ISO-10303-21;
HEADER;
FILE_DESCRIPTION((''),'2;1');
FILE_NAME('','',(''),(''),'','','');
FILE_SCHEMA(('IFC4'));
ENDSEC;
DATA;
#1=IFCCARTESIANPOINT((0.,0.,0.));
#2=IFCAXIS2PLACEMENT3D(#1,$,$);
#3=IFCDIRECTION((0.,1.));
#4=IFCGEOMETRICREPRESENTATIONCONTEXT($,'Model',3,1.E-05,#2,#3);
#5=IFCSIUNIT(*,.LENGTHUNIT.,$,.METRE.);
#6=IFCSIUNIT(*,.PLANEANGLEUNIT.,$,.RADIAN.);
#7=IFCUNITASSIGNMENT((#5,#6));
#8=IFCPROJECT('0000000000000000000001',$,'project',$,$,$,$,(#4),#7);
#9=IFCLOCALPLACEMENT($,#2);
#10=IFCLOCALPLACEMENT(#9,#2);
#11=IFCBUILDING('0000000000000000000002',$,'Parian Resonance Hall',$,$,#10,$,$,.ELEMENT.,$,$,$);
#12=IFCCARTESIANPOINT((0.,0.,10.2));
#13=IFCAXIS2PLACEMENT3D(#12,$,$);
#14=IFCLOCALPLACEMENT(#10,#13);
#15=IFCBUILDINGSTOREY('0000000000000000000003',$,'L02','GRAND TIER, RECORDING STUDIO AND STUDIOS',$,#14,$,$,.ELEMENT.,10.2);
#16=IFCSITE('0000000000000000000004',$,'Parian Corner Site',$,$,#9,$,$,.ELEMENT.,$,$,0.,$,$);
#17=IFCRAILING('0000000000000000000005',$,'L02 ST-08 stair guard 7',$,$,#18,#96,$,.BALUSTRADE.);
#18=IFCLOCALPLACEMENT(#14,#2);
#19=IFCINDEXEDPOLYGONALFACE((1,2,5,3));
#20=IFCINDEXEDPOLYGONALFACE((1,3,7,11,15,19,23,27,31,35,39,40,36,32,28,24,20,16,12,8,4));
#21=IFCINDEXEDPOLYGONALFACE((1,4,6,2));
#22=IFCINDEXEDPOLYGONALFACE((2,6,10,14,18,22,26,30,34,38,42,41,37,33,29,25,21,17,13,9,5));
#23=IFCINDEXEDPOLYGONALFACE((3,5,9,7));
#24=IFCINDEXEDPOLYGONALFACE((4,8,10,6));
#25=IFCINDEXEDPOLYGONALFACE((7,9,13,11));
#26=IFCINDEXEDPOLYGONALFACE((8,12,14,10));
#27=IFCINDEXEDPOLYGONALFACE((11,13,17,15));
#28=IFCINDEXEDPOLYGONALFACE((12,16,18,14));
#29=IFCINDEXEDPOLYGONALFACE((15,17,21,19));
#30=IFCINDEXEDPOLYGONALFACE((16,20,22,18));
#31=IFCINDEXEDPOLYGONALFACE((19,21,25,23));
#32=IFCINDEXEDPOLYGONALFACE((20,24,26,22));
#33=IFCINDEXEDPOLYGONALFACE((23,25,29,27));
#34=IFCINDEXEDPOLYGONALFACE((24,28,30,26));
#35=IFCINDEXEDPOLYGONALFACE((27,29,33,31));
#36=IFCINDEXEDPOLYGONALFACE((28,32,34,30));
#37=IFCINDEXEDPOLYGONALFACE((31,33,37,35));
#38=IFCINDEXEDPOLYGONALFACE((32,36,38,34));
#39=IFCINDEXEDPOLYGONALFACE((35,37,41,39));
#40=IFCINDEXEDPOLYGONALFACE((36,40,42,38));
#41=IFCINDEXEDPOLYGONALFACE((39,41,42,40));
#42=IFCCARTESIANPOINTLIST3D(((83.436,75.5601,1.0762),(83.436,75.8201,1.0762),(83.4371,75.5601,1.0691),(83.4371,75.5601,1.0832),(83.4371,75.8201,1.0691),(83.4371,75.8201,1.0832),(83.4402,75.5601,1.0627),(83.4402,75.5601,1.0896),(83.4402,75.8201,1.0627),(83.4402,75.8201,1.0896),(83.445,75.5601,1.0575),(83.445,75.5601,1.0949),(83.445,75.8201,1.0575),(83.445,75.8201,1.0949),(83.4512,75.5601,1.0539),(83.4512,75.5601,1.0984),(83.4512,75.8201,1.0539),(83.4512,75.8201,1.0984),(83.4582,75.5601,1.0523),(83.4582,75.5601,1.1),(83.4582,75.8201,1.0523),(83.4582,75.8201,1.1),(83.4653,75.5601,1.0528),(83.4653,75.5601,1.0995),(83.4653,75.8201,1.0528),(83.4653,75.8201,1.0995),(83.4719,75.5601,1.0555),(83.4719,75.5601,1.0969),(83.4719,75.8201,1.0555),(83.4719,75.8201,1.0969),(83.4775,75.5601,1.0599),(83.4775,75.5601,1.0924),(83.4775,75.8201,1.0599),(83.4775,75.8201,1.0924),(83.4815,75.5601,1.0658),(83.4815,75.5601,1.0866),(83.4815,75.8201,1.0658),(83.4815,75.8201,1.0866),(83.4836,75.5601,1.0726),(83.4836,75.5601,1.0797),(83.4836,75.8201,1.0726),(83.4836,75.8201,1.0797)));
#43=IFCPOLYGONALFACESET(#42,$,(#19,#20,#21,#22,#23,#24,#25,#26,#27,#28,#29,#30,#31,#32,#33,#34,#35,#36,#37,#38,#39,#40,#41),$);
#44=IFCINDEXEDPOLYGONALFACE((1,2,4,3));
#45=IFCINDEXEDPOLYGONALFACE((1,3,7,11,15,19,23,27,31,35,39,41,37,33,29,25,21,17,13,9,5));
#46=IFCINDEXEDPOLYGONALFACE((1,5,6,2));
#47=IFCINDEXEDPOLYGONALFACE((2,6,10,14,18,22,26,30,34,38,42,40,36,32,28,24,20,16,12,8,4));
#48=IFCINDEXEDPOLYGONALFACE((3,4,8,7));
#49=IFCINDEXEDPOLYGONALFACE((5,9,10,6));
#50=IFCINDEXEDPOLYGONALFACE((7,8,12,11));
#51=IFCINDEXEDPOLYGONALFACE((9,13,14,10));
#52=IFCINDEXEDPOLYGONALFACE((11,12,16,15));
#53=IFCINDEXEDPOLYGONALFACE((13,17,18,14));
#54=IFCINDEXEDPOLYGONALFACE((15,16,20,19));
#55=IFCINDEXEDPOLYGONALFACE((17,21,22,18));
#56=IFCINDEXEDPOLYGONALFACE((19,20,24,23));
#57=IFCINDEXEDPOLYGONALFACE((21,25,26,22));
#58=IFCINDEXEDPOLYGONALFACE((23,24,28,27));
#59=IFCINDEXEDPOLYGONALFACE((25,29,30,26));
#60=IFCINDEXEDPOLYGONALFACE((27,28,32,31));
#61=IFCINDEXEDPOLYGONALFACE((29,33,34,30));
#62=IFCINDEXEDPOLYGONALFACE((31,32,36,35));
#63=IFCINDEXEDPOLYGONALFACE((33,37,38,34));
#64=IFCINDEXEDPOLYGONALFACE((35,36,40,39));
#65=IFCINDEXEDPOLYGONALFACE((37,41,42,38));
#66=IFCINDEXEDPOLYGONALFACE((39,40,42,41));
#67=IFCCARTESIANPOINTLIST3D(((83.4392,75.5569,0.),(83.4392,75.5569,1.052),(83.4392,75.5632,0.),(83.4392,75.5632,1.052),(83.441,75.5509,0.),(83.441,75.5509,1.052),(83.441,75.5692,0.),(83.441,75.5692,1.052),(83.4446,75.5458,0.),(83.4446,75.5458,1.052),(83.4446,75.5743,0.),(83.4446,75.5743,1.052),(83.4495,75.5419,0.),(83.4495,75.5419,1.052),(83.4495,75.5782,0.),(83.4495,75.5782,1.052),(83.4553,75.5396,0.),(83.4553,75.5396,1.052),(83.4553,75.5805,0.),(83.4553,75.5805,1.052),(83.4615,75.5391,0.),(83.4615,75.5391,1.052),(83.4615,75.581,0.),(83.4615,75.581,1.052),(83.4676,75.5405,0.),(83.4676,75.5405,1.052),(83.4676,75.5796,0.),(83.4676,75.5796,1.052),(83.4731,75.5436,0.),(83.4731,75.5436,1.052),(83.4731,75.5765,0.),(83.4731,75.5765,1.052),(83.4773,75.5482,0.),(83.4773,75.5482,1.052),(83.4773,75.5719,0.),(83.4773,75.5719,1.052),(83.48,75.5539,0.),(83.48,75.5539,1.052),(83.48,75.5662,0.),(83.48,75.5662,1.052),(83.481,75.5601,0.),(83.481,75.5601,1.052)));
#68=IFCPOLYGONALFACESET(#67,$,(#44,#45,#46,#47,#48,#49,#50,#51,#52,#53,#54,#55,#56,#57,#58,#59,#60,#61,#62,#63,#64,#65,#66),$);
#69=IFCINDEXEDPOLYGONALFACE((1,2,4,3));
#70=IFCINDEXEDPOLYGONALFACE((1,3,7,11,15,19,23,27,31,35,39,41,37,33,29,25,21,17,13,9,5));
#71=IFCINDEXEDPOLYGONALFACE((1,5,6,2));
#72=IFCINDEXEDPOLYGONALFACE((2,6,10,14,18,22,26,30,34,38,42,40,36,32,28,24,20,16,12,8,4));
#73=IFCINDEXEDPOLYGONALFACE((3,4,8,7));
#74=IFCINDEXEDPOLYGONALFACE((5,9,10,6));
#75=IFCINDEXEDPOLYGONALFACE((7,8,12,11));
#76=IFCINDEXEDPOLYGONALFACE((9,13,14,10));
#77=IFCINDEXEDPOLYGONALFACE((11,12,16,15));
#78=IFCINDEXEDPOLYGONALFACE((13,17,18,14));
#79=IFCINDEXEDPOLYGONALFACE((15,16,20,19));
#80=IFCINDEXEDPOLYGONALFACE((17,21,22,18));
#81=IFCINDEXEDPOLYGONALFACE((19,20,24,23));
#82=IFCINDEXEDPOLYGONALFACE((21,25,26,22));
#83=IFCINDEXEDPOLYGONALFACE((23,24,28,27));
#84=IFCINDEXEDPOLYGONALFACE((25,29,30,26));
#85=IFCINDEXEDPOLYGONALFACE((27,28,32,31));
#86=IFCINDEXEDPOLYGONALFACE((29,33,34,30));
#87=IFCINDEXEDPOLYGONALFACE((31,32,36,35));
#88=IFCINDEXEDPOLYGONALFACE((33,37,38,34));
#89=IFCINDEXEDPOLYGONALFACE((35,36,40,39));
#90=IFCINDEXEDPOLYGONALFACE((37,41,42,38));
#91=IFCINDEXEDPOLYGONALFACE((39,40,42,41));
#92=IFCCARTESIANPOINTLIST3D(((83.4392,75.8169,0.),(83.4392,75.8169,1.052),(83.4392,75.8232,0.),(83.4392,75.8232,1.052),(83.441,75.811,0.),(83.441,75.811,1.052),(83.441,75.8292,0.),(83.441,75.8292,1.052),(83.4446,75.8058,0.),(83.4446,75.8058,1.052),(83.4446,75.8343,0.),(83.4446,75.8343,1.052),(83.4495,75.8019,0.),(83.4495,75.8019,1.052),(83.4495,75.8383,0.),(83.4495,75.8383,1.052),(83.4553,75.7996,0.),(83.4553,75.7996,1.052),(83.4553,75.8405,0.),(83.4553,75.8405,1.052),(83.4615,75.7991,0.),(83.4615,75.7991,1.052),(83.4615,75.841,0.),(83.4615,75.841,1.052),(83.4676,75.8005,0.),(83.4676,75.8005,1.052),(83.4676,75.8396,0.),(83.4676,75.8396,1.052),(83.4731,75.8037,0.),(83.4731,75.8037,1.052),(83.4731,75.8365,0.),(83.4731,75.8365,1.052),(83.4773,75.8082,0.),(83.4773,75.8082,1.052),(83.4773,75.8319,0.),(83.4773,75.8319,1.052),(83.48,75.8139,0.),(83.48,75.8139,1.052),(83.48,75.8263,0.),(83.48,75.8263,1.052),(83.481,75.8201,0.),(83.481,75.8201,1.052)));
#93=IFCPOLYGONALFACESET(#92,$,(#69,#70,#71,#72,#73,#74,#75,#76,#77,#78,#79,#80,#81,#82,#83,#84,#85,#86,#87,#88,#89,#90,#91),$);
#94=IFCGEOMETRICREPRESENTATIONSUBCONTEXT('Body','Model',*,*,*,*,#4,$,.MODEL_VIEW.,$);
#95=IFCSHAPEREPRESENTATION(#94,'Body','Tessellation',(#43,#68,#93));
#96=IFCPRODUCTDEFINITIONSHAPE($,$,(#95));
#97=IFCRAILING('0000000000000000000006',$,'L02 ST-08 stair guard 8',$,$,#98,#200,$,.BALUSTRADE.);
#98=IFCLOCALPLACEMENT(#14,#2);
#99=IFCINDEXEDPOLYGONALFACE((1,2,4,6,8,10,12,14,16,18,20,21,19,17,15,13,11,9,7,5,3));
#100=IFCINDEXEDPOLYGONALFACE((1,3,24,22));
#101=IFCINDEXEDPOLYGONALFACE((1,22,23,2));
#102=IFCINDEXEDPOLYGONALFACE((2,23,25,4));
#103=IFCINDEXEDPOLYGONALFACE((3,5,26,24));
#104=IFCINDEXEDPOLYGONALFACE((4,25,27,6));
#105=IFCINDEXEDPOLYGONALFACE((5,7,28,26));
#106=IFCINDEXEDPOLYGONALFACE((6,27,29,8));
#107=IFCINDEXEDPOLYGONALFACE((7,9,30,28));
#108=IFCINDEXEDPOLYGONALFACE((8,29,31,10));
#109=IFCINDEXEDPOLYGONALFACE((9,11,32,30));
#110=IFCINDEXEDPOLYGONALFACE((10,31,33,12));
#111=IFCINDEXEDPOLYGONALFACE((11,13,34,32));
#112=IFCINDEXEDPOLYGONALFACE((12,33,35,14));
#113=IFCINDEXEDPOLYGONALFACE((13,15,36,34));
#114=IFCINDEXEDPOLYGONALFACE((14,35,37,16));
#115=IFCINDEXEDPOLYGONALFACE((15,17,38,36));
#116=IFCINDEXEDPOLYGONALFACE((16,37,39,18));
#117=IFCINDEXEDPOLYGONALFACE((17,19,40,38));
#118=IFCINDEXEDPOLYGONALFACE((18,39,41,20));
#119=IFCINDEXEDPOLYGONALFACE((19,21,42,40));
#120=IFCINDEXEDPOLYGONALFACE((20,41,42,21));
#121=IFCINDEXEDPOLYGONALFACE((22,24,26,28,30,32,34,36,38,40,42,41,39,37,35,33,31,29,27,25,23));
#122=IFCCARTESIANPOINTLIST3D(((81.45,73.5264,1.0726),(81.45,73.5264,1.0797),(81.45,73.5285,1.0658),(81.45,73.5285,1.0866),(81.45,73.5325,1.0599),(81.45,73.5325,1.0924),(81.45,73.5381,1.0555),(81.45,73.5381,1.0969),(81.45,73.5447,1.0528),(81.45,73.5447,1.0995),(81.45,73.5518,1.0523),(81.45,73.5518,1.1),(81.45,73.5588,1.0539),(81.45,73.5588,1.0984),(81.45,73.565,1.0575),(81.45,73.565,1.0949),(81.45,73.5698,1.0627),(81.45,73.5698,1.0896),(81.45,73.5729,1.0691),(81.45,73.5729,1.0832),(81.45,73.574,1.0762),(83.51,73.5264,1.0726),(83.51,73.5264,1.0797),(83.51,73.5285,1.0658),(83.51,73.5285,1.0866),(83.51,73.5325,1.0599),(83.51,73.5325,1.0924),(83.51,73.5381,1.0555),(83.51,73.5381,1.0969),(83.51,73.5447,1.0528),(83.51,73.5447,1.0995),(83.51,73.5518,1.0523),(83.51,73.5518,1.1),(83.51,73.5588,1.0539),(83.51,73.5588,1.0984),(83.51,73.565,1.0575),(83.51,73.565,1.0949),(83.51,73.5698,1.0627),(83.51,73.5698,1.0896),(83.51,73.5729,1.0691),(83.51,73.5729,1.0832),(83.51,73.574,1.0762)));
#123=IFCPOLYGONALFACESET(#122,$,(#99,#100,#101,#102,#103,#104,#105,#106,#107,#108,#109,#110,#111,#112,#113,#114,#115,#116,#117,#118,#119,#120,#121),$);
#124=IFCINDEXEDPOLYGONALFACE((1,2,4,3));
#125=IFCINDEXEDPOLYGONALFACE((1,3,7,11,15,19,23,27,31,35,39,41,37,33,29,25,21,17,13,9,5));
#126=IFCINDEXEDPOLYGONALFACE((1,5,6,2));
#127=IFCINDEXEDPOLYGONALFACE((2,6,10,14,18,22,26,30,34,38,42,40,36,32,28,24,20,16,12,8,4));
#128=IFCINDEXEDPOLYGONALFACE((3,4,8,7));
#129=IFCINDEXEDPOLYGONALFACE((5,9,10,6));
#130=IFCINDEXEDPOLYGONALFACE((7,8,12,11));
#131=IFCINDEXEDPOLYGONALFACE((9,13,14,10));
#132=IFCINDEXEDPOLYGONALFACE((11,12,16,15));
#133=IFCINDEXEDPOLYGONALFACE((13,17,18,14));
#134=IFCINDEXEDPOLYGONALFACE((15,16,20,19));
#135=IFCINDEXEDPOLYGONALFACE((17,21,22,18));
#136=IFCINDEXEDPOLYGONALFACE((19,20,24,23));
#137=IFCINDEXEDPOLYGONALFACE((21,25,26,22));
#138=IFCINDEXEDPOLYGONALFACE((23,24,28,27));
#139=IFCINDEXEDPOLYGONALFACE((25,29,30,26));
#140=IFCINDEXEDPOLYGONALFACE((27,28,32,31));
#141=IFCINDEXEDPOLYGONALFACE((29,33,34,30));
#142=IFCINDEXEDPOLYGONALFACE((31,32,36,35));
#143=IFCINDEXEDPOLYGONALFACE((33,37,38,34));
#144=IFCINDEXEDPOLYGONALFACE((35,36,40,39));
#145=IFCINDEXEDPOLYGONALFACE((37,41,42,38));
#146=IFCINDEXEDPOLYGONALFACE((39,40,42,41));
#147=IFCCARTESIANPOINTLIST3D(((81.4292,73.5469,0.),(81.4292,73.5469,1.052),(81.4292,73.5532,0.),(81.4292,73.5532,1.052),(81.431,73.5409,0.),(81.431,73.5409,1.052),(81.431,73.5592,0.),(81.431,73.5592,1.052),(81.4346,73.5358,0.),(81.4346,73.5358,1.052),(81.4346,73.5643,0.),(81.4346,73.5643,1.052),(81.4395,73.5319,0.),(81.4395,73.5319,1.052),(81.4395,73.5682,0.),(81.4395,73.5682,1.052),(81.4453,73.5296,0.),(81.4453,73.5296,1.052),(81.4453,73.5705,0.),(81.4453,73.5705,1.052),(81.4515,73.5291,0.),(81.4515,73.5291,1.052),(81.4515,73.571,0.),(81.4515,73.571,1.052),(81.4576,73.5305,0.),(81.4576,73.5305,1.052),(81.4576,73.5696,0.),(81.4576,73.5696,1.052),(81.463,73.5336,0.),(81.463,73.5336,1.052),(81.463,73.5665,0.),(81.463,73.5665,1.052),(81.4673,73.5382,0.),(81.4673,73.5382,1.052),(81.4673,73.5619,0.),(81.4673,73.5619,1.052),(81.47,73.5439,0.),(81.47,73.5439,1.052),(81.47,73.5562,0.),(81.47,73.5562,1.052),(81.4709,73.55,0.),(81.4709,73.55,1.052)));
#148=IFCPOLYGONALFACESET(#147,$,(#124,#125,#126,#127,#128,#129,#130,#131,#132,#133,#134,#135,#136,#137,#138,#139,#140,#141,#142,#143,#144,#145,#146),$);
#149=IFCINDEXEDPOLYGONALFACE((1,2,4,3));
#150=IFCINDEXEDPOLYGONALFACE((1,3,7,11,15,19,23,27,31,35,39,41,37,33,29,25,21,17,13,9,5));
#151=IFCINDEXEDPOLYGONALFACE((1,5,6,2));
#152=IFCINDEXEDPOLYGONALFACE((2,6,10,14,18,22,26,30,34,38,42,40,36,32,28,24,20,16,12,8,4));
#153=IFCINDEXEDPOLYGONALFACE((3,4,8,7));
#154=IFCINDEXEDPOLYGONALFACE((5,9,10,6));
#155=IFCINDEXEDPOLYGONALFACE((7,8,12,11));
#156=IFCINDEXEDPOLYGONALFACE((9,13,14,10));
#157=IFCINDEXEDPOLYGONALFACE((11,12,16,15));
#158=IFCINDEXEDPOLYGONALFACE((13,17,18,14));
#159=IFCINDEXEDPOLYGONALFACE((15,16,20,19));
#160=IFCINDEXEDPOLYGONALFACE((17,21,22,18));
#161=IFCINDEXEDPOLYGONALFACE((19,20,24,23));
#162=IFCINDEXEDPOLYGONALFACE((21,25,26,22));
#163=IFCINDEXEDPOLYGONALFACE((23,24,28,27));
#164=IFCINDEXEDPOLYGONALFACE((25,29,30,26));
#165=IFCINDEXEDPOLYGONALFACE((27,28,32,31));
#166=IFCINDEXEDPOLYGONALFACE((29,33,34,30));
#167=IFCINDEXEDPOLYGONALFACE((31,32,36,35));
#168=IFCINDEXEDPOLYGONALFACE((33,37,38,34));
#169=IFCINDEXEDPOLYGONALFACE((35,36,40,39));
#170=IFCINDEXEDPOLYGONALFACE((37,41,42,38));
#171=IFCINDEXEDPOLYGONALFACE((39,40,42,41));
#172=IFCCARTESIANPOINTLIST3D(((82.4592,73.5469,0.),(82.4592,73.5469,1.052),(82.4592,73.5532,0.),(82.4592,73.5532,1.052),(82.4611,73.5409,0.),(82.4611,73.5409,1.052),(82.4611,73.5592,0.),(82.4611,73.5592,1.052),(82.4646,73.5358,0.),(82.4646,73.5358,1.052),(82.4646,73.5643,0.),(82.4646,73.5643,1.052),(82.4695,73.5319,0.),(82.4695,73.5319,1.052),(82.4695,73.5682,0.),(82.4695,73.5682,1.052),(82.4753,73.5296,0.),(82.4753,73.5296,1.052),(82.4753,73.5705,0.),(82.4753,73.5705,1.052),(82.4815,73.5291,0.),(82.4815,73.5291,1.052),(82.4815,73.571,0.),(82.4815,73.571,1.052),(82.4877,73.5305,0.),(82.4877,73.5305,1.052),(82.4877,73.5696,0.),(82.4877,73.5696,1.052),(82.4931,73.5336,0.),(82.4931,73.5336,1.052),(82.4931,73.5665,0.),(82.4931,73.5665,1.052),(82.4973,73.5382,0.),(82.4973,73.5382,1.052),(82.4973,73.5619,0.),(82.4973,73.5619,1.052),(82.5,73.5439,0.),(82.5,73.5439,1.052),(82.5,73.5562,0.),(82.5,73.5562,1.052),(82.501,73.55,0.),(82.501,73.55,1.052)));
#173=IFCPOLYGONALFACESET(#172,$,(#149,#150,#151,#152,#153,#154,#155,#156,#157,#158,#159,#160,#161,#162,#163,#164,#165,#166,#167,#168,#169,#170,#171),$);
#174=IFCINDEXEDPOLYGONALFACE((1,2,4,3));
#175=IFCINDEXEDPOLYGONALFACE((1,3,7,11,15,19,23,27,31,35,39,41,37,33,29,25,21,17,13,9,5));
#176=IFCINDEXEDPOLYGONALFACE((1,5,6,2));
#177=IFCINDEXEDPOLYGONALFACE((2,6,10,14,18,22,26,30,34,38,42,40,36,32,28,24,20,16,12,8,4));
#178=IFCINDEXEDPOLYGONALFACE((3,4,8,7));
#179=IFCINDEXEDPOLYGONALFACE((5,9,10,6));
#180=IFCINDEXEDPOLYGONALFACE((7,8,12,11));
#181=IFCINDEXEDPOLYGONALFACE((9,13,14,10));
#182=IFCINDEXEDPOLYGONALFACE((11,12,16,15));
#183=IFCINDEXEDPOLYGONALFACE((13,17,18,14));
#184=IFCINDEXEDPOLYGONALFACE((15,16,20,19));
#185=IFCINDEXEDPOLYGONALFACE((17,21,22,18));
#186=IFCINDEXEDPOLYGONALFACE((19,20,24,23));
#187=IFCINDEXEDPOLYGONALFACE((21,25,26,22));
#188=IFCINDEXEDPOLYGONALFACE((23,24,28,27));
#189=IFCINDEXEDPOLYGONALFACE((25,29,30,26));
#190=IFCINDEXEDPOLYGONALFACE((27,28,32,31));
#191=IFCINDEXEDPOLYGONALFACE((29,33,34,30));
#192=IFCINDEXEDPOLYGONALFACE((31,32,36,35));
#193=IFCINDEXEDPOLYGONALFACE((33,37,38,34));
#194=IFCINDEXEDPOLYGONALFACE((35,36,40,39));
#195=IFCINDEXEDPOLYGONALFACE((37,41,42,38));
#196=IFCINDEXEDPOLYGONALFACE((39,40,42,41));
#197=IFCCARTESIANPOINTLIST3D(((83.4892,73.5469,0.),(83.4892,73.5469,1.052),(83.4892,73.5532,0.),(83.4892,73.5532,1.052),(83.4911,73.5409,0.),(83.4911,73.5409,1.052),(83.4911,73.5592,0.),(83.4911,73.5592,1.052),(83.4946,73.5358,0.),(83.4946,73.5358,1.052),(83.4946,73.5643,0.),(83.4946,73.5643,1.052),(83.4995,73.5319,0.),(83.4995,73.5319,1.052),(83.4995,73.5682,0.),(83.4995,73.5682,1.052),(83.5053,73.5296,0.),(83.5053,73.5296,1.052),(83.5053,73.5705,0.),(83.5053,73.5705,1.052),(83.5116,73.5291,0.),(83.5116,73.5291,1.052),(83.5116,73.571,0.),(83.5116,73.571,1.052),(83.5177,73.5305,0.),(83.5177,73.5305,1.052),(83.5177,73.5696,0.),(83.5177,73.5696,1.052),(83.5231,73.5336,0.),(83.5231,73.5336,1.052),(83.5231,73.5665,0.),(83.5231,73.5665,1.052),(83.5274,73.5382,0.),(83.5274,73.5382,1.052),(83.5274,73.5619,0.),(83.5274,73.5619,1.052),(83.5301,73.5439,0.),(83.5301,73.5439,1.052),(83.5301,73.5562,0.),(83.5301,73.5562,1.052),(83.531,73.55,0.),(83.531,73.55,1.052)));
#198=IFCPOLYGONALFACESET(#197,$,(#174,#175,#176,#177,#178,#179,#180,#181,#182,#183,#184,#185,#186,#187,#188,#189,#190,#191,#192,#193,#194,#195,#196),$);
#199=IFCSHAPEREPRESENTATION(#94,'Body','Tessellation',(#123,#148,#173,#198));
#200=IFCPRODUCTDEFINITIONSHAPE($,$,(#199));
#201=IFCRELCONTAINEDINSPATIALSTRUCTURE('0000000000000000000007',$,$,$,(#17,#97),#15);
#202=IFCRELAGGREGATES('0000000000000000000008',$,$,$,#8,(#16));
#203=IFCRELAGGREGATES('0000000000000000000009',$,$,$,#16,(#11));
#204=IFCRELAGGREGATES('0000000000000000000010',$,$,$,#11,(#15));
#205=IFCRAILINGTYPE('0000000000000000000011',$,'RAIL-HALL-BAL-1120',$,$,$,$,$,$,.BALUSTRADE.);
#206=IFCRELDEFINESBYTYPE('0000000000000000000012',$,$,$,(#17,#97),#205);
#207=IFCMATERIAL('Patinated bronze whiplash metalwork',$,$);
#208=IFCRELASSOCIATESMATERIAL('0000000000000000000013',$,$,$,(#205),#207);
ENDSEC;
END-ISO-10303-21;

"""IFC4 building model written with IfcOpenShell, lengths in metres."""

from ifc_helpers import new_model, si_unit, direction, frame, origin, origin_2d, place, context, subcontext, project, spatial, circle, extrude, material, type_object, element, save


model = new_model("IFC4")

# Units and contexts
model_context = context("Model", 3, precision=1e-05, world=origin(), true_north=direction((0.0, 1.0)))
body_context = subcontext(model_context, "Body", "Model", "MODEL_VIEW")
ifc_project = project(units=[si_unit("LENGTHUNIT", "METRE"), si_unit("PLANEANGLEUNIT", "RADIAN")], contexts=[model_context])

# Site, building, storey
site_placement = place(None, origin())
site = spatial("IfcSite", under=ifc_project, at=site_placement, Name="Parian Corner Site", CompositionType="ELEMENT", RefElevation=0.0)
building_placement = place(site_placement, origin())
building = spatial("IfcBuilding", under=site, at=building_placement, Name="Parian Resonance Hall", CompositionType="ELEMENT")
storey_placement = place(building_placement, frame((0.0, 0.0, 10.2)))
storey = spatial("IfcBuildingStorey", under=building, at=storey_placement, Name="L02", Description="GRAND TIER, RECORDING STUDIO AND STUDIOS", CompositionType="ELEMENT", Elevation=10.2)

# Railings
ifc_material_1 = material(Name="Patinated bronze whiplash metalwork")
railing_type_1 = type_object("IfcRailingType", Name="RAIL-HALL-BAL-1120", PredefinedType="BALUSTRADE", material=ifc_material_1)
railing_1_placement = place(storey_placement, frame((83.46, 75.5601, 0.0)))
element("IfcRailing", 1, at=railing_1_placement, inside=storey, type_object=railing_type_1, Name="L02 ST-08 stair guard 7", PredefinedType="BALUSTRADE", context=body_context, shape_type="SweptSolid", body=[
    extrude(circle(Radius=0.0239, at=origin_2d()), frame((0.0, 0.0, 1.0762), z_axis=(0.0, 1.0, 0.0), x_axis=(-1.0, 0.0, 0.0)), (0.0, 0.0, 1.0), 0.26),
    extrude(circle(Radius=0.021, at=origin_2d()), origin(), (0.0, 0.0, 1.0), 1.052),
    extrude(circle(Radius=0.021, at=origin_2d()), frame((0.0, 0.26, 0.0)), (0.0, 0.0, 1.0), 1.052),
])
railing_2_placement = place(storey_placement, frame((81.45, 73.55, 0.0)))
element("IfcRailing", 2, at=railing_2_placement, inside=storey, type_object=railing_type_1, Name="L02 ST-08 stair guard 8", PredefinedType="BALUSTRADE", context=body_context, shape_type="SweptSolid", body=[
    extrude(circle(Radius=0.0239, at=origin_2d()), frame((0.0, 0.0, 1.0762), z_axis=(1.0, 0.0, 0.0), x_axis=(0.0, 1.0, 0.0)), (0.0, 0.0, 1.0), 2.0601),
    extrude(circle(Radius=0.021, at=origin_2d()), origin(), (0.0, 0.0, 1.0), 1.052),
    extrude(circle(Radius=0.021, at=origin_2d()), frame((1.03, 0.0, 0.0)), (0.0, 0.0, 1.0), 1.052),
    extrude(circle(Radius=0.021, at=origin_2d()), frame((2.0601, 0.0, 0.0)), (0.0, 0.0, 1.0), 1.052),
])

save(model, "model.ifc")
